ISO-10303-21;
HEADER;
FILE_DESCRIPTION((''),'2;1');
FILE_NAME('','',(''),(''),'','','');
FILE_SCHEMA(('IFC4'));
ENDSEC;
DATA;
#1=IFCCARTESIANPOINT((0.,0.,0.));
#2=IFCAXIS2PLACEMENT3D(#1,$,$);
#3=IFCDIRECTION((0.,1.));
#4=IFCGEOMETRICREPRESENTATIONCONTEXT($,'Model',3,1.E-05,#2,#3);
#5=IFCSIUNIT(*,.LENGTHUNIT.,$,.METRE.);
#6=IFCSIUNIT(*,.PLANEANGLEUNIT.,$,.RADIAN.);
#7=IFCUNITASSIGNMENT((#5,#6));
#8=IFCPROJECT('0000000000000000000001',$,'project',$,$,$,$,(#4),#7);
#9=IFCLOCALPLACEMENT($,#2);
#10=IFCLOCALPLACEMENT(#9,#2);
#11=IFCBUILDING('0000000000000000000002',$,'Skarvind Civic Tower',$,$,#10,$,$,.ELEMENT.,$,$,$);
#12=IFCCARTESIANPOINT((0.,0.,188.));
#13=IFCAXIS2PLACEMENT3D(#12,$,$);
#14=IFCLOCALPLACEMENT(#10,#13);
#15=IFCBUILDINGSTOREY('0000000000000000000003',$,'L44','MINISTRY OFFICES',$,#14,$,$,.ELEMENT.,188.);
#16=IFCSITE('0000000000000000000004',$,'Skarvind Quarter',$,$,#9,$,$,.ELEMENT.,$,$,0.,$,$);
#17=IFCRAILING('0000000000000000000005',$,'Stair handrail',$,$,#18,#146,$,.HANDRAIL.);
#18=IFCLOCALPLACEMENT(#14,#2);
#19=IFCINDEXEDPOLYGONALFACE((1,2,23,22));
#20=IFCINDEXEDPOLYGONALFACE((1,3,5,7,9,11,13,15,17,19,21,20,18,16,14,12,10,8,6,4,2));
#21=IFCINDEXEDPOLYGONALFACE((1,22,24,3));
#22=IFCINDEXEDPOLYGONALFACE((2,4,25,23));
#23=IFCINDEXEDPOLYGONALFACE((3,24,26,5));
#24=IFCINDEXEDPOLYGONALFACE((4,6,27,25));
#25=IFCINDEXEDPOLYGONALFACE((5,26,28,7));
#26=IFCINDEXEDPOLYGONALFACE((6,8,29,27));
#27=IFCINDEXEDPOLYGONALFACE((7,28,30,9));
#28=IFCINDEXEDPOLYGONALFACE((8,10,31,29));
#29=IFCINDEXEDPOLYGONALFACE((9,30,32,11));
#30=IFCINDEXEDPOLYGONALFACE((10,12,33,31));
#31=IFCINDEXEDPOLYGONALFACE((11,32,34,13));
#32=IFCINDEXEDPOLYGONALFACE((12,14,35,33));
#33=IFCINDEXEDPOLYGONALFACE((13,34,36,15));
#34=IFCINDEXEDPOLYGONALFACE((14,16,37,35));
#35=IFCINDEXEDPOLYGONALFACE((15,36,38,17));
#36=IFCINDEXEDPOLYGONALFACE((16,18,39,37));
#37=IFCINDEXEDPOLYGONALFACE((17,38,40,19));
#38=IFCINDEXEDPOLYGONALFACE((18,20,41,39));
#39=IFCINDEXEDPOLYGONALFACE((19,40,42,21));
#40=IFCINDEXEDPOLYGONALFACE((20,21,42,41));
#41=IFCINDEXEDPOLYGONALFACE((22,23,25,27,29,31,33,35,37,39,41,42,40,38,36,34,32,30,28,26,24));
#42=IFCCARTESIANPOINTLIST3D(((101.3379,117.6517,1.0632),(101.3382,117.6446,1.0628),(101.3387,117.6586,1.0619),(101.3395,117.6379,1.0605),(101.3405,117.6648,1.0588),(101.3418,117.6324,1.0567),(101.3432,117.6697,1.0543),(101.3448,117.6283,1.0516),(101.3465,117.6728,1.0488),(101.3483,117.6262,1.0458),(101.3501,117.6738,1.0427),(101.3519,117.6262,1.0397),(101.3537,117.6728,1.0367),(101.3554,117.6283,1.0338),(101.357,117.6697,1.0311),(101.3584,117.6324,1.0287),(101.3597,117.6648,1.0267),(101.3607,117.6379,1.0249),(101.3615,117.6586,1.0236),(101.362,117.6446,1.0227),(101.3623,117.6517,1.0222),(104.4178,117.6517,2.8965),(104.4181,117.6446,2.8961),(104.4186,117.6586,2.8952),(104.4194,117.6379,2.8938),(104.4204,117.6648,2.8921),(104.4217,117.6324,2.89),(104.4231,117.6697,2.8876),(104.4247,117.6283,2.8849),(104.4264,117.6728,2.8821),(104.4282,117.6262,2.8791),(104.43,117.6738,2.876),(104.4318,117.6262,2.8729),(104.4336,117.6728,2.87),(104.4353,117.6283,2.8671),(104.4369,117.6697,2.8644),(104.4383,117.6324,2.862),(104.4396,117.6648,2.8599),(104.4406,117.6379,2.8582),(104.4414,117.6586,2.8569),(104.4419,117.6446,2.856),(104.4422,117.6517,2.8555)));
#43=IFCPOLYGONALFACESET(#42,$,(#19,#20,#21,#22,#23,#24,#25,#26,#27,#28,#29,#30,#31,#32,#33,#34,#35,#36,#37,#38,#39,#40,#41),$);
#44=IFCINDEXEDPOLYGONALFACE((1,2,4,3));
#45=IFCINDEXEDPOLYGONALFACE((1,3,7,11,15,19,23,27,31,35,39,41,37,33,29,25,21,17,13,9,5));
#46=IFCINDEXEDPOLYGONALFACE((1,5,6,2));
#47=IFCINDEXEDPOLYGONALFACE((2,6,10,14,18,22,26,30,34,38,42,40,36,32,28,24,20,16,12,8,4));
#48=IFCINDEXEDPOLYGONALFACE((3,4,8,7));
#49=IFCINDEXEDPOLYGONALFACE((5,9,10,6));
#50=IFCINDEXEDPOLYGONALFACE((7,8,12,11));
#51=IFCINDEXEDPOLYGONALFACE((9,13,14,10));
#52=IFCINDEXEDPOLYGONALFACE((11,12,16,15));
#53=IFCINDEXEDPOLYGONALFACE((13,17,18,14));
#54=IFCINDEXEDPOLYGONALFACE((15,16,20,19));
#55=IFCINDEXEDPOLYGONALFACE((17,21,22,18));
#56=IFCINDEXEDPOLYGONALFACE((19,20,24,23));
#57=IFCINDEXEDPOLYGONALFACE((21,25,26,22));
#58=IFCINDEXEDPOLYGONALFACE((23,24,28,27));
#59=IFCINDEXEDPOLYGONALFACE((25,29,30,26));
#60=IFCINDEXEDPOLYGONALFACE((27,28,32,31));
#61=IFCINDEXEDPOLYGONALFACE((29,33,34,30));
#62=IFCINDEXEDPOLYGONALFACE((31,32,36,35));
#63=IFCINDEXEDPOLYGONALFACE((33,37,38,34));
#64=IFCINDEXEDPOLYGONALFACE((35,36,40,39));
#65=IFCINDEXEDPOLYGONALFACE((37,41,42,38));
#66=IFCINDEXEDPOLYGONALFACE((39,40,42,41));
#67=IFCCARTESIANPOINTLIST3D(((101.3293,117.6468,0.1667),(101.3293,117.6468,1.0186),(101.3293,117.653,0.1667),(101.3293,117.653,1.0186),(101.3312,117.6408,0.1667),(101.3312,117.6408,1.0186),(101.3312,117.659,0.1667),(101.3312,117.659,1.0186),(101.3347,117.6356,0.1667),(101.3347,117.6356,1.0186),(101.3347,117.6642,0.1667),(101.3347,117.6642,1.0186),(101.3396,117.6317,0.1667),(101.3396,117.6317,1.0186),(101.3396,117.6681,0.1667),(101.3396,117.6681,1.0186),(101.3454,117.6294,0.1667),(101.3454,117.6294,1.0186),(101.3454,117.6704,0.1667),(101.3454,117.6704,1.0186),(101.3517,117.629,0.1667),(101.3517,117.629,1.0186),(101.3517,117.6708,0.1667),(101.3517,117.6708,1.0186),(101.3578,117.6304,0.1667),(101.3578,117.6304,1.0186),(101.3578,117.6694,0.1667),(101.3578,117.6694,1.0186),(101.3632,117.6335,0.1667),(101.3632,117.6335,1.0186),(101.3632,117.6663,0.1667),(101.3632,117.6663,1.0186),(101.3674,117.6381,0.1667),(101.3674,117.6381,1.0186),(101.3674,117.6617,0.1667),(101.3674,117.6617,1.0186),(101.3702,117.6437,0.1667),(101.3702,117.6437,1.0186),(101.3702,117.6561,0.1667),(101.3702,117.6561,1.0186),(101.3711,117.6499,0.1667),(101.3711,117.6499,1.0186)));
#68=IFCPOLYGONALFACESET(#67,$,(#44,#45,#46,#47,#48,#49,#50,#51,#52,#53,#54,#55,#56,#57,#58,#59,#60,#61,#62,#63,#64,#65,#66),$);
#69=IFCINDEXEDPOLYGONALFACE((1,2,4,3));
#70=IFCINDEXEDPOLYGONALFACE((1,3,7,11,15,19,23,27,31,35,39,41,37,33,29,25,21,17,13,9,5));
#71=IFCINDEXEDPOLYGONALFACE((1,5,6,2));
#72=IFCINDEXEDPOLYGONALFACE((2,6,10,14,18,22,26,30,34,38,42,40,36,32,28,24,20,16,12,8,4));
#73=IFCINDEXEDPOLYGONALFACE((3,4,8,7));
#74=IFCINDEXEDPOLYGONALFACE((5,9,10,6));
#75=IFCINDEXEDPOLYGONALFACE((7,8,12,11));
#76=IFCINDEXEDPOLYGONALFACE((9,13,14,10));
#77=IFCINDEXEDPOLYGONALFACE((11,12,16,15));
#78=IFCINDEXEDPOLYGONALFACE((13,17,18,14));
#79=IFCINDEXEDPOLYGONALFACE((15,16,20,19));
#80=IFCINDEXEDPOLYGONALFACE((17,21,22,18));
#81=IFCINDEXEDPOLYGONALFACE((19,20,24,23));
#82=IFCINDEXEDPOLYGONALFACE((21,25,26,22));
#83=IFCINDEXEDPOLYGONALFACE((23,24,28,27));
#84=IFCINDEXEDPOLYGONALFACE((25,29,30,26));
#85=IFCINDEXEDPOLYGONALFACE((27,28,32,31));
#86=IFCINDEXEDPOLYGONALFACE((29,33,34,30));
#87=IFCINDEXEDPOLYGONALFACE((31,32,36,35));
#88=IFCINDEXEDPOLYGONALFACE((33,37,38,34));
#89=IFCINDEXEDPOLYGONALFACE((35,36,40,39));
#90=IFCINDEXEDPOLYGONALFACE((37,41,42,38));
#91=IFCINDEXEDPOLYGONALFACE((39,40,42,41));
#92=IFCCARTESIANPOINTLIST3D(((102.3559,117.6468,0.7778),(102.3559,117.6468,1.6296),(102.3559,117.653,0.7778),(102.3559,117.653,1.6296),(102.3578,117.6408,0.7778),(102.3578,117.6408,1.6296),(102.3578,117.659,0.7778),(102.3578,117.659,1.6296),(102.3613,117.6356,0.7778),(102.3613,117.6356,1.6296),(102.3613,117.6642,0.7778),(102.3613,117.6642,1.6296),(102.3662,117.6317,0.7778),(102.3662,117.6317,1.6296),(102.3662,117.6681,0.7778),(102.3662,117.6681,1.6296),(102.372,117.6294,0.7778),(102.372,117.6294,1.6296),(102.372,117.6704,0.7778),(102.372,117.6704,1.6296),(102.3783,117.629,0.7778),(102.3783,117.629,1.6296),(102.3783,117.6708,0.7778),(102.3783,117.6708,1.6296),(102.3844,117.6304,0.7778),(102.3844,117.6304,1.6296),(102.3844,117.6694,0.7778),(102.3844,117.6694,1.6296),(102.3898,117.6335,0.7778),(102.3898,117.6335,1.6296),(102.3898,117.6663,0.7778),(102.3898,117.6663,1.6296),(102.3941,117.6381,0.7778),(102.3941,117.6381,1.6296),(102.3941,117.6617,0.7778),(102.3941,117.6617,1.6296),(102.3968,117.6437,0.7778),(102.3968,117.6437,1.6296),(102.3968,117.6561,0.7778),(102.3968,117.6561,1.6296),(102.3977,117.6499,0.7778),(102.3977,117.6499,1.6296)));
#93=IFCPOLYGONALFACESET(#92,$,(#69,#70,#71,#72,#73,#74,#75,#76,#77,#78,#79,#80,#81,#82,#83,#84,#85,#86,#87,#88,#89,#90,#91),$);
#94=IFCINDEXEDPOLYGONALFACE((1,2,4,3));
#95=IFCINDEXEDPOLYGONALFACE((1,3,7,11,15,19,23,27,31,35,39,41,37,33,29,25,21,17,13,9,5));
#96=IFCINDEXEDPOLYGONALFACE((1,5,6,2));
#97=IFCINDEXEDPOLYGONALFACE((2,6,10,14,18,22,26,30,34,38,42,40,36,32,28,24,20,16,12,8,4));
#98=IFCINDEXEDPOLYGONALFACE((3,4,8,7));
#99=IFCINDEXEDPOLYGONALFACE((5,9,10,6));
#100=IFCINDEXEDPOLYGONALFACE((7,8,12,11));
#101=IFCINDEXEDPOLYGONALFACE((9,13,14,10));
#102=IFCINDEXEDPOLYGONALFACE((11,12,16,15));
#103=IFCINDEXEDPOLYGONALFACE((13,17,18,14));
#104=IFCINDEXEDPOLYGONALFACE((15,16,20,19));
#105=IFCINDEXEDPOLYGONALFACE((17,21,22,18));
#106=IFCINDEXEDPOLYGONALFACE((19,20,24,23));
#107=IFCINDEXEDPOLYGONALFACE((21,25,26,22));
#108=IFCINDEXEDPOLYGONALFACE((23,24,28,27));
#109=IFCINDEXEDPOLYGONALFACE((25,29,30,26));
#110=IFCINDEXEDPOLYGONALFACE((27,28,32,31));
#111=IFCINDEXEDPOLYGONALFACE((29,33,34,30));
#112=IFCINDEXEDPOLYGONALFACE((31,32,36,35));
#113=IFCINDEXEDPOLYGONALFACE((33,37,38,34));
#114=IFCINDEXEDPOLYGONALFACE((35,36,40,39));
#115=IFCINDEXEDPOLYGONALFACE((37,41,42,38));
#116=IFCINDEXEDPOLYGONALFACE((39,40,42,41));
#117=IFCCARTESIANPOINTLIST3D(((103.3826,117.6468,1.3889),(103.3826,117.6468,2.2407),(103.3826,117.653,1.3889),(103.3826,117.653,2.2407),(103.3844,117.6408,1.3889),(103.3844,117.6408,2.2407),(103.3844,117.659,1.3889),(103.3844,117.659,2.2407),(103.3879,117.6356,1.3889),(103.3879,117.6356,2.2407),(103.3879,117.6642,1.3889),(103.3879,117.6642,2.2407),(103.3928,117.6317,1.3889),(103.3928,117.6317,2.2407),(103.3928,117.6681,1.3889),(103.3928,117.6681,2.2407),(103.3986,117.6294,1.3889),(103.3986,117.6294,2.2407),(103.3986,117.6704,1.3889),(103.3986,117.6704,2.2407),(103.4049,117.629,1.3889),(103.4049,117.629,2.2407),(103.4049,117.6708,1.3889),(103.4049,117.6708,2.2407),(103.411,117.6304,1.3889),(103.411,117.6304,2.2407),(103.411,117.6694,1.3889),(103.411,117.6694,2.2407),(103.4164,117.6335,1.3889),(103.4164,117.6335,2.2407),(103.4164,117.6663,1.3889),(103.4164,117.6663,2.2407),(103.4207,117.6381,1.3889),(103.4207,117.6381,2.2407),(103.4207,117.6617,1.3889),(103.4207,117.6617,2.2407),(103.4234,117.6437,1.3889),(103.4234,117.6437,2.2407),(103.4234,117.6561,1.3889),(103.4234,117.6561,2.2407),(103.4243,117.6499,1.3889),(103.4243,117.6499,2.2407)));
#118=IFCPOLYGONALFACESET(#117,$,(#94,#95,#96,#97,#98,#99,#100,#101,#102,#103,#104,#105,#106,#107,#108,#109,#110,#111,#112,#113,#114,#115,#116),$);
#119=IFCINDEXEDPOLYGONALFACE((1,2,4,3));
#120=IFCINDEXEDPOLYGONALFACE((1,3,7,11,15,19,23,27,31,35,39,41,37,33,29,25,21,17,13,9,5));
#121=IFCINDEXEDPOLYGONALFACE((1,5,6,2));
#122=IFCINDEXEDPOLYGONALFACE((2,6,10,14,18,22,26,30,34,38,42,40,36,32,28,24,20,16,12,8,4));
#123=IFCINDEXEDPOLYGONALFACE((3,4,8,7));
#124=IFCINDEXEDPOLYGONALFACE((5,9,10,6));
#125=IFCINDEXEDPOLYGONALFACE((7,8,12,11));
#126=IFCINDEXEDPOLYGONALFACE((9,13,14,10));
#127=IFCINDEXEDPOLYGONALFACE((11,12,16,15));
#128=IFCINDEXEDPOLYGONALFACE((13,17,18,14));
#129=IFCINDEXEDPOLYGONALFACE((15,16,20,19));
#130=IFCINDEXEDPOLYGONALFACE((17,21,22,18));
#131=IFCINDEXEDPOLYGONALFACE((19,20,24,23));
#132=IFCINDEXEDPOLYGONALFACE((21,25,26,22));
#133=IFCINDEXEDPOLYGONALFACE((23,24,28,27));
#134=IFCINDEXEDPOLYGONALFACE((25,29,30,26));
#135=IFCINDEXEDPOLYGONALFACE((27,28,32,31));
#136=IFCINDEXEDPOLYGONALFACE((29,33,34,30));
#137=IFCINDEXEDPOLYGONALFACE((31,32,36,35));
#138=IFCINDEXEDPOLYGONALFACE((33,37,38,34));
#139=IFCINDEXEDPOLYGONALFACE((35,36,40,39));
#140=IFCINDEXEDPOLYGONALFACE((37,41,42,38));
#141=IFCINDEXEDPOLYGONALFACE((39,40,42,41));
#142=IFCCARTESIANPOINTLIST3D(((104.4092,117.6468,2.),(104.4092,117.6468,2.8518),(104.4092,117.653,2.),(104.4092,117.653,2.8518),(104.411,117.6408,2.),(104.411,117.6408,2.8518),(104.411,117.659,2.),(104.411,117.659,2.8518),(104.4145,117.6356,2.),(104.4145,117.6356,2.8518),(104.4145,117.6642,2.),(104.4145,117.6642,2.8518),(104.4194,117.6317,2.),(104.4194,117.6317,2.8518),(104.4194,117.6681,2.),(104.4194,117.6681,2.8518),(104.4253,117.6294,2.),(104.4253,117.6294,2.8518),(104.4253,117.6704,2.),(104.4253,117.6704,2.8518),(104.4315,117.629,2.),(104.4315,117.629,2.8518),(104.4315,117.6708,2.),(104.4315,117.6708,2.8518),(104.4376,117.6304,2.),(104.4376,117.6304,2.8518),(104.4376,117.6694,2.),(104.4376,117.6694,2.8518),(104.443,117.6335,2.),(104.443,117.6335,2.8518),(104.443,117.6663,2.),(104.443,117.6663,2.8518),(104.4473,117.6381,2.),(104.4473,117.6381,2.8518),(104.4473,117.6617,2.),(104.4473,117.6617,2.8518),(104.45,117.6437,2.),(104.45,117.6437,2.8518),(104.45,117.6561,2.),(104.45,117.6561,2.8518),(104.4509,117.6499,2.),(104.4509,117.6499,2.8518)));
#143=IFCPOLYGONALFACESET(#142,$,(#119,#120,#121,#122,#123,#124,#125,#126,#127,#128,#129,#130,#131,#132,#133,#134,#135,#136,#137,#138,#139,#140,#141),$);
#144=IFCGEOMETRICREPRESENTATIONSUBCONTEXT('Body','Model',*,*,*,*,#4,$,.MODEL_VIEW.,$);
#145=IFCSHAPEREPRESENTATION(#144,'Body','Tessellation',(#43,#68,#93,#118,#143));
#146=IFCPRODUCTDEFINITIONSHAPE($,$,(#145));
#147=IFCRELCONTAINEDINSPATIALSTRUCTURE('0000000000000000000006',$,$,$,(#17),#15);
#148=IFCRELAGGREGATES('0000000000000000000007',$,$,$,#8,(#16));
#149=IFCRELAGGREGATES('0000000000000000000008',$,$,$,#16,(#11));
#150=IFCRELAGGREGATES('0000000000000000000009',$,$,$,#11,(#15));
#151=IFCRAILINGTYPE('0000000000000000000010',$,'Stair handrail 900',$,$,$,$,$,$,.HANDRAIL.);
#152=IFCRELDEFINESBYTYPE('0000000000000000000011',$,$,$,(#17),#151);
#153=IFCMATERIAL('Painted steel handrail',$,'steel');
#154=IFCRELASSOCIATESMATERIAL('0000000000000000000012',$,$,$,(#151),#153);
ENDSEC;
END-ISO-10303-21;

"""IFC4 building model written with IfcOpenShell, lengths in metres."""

from ifc_helpers import new_model, si_unit, direction, frame, origin, origin_2d, place, context, subcontext, project, spatial, circle, extrude, material, type_object, element, save


model = new_model("IFC4")

# Units and contexts
model_context = context("Model", 3, precision=1e-05, world=origin(), true_north=direction((0.0, 1.0)))
body_context = subcontext(model_context, "Body", "Model", "MODEL_VIEW")
ifc_project = project(units=[si_unit("LENGTHUNIT", "METRE"), si_unit("PLANEANGLEUNIT", "RADIAN")], contexts=[model_context])

# Site, building, storey
site_placement = place(None, origin())
site = spatial("IfcSite", under=ifc_project, at=site_placement, Name="Skarvind Quarter", CompositionType="ELEMENT", RefElevation=0.0)
building_placement = place(site_placement, origin())
building = spatial("IfcBuilding", under=site, at=building_placement, Name="Skarvind Civic Tower", CompositionType="ELEMENT")
storey_placement = place(building_placement, frame((0.0, 0.0, 188.0)))
storey = spatial("IfcBuildingStorey", under=building, at=storey_placement, Name="L44", Description="MINISTRY OFFICES", CompositionType="ELEMENT", Elevation=188.0)

# Railing
ifc_material_1 = material(Name="Painted steel handrail", Category="steel")
railing_type = type_object("IfcRailingType", Name="Stair handrail 900", PredefinedType="HANDRAIL", material=ifc_material_1)
railing_1_placement = place(storey_placement, frame((101.3501, 117.6499, 0.1667)))
element("IfcRailing", 1, at=railing_1_placement, inside=storey, type_object=railing_type, Name="Stair handrail", PredefinedType="HANDRAIL", context=body_context, shape_type="SweptSolid", body=[
    extrude(circle(Radius=0.0239, at=origin_2d()), frame((0.0, 0.0, 0.876), z_axis=(0.859291, 0.0, 0.511487), x_axis=(0.0, 1.0, 0.0)), (0.0, 0.0, 1.0), 3.5842),
    extrude(circle(Radius=0.021, at=origin_2d()), origin(), (0.0, 0.0, 1.0), 0.8518),
    extrude(circle(Radius=0.021, at=origin_2d()), frame((1.0266, 0.0, 0.6111)), (0.0, 0.0, 1.0), 0.8518),
    extrude(circle(Radius=0.021, at=origin_2d()), frame((2.0532, 0.0, 1.2222)), (0.0, 0.0, 1.0), 0.8518),
    extrude(circle(Radius=0.021, at=origin_2d()), frame((3.0798, 0.0, 1.8333)), (0.0, 0.0, 1.0), 0.8518),
])

save(model, "model.ifc")
